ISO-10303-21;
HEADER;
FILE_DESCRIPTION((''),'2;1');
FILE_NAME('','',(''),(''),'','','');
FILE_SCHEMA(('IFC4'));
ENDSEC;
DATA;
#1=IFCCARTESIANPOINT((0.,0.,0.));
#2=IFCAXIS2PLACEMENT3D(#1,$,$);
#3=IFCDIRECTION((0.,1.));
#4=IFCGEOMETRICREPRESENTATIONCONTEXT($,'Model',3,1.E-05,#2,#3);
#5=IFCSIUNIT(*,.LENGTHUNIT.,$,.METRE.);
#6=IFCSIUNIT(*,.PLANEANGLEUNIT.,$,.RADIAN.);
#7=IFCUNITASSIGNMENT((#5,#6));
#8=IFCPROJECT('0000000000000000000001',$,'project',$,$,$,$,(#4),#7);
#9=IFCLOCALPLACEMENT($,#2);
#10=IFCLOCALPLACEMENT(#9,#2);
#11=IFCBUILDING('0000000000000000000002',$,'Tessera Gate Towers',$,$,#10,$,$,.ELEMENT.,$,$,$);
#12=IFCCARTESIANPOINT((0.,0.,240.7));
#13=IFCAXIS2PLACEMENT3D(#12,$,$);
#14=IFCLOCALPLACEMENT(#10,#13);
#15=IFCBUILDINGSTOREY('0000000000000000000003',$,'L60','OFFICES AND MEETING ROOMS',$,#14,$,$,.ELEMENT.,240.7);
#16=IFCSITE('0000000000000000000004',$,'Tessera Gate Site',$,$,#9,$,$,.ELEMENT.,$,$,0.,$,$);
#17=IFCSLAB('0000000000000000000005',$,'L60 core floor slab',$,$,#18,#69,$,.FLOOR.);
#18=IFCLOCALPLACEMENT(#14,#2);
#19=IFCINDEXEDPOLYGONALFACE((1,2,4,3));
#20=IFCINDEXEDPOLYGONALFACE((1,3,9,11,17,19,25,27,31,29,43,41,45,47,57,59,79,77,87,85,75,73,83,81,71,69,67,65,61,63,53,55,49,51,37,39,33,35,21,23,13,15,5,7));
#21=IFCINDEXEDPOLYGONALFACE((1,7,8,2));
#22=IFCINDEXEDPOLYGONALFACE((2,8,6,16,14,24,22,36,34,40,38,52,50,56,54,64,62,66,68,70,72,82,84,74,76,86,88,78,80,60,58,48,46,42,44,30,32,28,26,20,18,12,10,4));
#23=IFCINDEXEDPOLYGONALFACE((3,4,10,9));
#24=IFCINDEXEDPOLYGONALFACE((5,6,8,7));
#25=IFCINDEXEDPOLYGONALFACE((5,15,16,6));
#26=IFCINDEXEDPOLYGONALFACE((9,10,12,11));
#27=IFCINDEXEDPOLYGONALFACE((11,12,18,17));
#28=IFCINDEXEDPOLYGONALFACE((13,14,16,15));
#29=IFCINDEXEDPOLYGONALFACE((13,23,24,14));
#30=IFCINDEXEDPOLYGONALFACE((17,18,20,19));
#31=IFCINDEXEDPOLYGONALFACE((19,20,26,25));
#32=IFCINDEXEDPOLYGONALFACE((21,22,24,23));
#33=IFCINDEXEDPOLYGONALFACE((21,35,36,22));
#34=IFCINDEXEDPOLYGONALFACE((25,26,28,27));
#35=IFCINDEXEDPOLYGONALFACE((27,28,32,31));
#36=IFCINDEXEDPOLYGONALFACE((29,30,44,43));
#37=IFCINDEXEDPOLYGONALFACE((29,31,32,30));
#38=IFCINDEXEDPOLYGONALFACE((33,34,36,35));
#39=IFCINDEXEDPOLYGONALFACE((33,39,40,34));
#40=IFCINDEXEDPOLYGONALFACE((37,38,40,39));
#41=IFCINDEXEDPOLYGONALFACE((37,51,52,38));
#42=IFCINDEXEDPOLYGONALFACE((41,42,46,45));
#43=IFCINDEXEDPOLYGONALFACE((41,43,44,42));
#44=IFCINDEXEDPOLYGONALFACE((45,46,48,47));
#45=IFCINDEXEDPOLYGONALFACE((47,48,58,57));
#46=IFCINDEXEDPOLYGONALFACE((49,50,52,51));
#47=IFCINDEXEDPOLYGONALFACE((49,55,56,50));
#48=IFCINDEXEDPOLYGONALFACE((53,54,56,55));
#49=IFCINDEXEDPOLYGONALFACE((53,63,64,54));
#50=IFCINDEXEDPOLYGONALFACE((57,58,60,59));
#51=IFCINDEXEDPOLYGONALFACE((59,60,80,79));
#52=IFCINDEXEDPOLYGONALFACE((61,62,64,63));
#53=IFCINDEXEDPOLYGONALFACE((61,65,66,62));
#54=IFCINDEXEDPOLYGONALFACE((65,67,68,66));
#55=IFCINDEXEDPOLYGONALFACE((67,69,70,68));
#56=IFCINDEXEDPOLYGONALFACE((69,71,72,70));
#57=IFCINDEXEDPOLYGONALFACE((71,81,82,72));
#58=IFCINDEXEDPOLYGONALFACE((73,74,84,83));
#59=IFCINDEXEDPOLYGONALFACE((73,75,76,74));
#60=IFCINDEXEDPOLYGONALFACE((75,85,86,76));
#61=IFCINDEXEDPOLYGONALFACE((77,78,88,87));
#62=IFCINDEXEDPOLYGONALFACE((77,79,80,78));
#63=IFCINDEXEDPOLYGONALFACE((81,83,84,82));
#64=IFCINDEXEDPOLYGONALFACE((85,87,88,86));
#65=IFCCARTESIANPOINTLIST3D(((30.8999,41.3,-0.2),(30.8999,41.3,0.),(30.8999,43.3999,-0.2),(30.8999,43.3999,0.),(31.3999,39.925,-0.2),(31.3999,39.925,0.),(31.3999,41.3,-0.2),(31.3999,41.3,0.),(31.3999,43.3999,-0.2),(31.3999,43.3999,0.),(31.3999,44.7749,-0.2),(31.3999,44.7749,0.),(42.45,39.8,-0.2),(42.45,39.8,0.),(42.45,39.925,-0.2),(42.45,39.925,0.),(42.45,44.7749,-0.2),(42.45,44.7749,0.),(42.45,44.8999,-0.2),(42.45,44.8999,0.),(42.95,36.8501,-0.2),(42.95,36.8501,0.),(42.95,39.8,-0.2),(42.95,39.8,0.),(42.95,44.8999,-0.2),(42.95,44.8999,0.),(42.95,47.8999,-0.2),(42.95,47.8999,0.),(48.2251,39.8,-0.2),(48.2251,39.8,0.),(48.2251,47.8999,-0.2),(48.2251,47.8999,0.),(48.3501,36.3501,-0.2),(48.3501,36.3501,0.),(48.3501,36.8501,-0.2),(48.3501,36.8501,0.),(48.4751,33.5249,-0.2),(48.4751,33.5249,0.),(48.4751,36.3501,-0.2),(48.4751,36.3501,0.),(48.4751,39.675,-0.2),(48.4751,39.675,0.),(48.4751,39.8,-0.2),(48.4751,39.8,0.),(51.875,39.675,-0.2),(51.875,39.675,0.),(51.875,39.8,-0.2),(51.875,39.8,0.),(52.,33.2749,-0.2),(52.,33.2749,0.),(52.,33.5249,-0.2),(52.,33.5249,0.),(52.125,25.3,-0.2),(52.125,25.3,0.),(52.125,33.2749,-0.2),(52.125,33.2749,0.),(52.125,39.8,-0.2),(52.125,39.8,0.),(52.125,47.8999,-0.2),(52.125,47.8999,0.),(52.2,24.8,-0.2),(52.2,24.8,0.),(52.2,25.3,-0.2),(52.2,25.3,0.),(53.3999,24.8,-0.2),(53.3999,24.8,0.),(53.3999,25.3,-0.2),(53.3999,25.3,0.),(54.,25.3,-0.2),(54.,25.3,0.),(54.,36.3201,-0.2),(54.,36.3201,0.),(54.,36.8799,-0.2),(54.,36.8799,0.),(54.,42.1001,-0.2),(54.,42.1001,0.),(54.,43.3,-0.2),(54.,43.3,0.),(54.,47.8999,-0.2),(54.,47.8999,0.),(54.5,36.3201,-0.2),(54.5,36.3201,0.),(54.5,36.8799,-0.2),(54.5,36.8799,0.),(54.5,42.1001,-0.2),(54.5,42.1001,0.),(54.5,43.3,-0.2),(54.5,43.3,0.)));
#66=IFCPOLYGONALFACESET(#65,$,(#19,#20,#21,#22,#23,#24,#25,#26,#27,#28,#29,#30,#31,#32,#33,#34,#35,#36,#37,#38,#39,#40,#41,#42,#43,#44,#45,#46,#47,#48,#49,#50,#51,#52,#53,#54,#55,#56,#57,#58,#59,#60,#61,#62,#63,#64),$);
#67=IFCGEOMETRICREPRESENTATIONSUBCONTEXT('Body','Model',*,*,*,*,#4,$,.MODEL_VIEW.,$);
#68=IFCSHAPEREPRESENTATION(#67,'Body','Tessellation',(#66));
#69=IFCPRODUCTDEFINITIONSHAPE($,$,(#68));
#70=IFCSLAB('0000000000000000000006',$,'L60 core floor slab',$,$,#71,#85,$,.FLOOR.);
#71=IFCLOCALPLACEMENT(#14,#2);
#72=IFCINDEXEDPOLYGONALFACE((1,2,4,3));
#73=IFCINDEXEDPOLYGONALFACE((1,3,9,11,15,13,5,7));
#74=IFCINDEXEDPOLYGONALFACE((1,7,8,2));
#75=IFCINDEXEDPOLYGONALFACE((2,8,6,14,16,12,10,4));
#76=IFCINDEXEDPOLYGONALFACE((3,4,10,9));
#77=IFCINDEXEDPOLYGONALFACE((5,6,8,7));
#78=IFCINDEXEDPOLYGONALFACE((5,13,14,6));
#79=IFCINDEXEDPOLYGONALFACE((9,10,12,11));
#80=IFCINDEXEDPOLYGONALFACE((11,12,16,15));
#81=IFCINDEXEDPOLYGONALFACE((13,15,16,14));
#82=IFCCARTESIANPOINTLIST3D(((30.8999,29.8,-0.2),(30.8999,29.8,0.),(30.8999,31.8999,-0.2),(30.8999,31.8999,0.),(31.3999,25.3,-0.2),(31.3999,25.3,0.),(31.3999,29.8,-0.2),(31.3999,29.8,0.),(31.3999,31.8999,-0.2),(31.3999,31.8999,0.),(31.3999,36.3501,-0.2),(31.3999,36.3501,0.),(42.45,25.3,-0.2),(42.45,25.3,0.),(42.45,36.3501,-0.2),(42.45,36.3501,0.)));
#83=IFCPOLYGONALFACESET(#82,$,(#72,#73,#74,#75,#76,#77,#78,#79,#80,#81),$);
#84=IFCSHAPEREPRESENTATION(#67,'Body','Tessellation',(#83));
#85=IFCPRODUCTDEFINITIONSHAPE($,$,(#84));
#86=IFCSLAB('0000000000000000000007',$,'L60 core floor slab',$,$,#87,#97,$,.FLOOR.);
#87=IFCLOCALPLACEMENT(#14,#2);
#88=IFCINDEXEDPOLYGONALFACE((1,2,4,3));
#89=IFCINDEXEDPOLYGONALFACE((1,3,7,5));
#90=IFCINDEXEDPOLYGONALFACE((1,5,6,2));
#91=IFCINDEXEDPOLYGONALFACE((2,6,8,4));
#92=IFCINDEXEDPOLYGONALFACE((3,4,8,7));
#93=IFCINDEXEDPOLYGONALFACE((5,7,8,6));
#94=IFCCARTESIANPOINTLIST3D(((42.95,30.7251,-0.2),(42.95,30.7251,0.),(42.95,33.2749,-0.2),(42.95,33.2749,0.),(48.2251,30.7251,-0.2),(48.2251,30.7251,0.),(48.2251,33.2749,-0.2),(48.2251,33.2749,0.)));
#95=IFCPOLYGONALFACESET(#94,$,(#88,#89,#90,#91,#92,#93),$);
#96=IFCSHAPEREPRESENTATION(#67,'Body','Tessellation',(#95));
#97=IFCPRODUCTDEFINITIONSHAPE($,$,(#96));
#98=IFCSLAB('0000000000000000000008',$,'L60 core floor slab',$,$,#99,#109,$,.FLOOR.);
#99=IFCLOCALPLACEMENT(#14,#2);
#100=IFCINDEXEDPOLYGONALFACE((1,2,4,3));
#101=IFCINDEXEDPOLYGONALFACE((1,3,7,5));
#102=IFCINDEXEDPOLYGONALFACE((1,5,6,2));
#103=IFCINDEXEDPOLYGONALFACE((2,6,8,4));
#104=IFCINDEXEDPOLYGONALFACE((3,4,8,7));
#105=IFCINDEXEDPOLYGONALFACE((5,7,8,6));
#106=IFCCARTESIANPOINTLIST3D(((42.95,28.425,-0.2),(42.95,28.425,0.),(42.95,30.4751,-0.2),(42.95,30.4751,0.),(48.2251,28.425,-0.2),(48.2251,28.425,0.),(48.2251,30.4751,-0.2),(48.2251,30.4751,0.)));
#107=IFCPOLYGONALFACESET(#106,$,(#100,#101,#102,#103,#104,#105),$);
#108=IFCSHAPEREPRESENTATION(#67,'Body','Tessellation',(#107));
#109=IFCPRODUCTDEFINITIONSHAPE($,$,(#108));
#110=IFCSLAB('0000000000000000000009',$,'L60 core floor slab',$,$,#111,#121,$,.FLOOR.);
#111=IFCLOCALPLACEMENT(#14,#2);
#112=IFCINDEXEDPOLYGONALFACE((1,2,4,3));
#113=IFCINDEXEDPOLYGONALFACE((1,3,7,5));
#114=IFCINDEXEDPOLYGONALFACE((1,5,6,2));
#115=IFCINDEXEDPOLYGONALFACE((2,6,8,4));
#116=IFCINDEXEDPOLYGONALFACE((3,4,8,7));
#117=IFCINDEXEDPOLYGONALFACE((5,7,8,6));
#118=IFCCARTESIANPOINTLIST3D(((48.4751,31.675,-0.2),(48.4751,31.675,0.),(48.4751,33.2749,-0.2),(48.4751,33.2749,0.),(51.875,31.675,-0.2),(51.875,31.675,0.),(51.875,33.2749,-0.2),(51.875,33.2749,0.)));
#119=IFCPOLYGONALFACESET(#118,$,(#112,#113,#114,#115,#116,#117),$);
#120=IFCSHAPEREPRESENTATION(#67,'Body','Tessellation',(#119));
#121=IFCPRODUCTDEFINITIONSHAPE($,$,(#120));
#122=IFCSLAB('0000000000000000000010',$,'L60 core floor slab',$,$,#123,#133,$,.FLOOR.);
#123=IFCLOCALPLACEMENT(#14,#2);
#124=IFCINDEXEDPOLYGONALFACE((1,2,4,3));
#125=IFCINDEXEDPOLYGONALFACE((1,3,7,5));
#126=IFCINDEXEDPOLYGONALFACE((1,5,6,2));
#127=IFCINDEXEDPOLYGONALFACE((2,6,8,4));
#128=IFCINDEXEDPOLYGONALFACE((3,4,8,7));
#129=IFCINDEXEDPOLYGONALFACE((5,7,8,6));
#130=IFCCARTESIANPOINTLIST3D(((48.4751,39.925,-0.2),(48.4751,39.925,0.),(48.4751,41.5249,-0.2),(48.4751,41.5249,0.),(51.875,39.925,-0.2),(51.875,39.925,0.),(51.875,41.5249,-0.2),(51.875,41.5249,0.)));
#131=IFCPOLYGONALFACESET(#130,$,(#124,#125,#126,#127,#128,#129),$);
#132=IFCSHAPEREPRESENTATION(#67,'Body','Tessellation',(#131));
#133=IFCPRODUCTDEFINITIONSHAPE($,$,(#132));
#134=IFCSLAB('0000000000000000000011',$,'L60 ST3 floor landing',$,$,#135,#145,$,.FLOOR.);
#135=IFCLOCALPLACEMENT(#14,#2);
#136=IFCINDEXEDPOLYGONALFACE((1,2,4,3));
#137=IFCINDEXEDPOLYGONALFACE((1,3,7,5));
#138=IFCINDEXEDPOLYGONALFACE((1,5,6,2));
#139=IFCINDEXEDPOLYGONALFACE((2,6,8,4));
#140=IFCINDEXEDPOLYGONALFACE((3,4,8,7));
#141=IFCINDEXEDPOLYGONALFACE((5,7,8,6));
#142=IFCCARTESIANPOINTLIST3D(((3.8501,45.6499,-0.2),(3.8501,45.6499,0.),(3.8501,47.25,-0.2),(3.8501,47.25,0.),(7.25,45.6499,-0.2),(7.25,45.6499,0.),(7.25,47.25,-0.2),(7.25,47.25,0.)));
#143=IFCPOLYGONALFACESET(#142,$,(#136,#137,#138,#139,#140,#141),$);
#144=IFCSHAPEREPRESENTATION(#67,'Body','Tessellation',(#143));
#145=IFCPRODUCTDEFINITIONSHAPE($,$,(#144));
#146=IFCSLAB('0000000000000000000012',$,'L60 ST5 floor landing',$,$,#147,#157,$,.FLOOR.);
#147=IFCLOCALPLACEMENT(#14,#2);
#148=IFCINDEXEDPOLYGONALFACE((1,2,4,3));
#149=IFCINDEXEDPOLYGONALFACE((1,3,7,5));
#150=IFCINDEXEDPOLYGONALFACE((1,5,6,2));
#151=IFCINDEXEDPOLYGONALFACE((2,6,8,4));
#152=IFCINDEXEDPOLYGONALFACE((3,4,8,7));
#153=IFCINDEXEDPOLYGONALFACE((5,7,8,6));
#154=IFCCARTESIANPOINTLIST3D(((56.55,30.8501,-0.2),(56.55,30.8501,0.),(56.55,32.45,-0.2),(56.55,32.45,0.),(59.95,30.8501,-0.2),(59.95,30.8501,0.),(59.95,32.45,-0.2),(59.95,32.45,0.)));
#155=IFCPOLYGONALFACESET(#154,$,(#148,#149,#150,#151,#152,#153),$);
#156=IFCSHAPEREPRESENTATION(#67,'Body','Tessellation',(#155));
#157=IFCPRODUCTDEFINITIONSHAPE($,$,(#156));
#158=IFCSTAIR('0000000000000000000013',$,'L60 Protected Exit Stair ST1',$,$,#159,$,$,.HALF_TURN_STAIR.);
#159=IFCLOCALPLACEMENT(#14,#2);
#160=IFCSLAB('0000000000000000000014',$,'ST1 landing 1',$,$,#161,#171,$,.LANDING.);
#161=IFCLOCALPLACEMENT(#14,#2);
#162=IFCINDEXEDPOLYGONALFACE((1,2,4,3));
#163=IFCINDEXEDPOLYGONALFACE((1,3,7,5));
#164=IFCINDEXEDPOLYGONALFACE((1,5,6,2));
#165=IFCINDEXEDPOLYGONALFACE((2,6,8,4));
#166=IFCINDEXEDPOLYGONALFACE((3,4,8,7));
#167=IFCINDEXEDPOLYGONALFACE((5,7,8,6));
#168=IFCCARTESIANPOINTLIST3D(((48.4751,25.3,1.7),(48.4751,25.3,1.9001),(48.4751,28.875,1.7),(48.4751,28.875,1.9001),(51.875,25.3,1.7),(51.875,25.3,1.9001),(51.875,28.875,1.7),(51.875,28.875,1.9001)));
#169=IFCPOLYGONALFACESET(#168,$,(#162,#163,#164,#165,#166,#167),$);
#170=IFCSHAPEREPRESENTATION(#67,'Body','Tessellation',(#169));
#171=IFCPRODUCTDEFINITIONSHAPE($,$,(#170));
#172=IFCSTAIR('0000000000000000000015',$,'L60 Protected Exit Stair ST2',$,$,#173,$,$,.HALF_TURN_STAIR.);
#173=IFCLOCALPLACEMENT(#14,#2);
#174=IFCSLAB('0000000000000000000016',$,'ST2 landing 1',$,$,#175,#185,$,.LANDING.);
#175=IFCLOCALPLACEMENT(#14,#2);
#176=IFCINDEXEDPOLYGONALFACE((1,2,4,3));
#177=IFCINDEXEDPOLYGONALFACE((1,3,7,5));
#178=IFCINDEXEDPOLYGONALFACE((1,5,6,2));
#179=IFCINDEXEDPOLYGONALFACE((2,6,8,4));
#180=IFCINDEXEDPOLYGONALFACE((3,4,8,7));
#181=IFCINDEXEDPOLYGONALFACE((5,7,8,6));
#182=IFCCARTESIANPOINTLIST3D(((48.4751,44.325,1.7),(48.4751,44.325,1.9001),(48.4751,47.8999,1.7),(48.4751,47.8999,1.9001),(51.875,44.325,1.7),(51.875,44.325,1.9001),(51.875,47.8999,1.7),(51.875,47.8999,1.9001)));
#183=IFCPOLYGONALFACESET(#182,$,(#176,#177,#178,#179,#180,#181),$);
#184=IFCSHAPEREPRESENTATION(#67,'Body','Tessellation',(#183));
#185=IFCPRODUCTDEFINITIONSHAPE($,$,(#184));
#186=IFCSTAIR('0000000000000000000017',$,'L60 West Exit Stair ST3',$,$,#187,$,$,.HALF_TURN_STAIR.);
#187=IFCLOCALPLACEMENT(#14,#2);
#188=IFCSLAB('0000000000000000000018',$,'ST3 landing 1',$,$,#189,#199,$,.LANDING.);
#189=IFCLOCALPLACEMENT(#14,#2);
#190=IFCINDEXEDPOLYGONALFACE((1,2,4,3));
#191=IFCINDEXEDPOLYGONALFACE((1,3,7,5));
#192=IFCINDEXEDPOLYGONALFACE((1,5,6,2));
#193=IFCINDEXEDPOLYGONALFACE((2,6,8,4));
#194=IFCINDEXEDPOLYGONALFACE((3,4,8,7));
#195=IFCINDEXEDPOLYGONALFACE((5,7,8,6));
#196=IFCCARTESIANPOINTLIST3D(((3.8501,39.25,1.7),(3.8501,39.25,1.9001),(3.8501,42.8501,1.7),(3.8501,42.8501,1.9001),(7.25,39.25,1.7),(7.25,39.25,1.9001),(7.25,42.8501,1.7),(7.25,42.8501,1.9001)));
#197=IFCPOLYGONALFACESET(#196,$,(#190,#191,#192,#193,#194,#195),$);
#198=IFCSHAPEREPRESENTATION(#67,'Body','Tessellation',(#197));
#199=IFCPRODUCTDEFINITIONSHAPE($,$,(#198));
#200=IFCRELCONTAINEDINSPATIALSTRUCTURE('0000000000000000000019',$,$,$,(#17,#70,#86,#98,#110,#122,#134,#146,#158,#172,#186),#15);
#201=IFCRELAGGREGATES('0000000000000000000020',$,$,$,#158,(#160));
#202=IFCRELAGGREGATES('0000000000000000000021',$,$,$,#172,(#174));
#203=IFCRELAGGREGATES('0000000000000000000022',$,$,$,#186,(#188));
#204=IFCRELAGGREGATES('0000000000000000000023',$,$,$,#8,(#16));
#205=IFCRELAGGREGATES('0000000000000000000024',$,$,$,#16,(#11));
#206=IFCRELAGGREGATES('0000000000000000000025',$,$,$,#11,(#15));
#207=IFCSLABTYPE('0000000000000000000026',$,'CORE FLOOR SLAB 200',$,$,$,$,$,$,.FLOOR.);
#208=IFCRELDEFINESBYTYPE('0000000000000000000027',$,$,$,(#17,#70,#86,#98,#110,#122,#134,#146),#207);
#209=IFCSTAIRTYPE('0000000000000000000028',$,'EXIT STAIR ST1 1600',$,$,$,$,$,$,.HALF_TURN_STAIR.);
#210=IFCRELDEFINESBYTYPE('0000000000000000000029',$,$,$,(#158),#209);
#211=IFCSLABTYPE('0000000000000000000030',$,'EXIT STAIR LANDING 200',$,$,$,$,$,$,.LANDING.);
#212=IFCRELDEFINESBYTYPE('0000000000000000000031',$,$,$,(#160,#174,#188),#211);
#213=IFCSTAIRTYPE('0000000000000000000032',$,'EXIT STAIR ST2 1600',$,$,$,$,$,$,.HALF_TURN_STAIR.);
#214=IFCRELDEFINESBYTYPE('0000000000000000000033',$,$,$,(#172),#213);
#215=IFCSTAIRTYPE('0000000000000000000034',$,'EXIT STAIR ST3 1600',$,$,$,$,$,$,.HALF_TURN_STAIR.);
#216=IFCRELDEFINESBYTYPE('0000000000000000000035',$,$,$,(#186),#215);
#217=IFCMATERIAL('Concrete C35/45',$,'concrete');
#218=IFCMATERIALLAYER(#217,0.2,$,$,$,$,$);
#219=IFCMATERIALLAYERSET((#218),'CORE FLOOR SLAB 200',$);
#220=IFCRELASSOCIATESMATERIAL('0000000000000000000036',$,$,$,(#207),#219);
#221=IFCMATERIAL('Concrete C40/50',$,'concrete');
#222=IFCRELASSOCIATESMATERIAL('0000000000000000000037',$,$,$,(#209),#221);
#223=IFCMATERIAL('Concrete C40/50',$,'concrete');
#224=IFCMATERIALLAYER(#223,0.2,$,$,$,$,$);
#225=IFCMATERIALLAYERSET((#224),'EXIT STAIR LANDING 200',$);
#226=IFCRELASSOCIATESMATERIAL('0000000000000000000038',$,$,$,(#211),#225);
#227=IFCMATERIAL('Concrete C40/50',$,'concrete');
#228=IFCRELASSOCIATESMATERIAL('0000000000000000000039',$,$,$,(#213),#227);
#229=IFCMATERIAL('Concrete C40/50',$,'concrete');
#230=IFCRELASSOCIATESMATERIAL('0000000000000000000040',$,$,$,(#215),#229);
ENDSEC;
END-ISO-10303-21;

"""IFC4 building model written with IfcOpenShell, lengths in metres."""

from ifc_helpers import new_model, si_unit, direction, frame, origin, place, context, subcontext, project, spatial, polyline, outline, extrude, material, layer, layer_set, type_object, element, aggregate, save


model = new_model("IFC4")

# Units and contexts
model_context = context("Model", 3, precision=1e-05, world=origin(), true_north=direction((0.0, 1.0)))
body_context = subcontext(model_context, "Body", "Model", "MODEL_VIEW")
ifc_project = project(units=[si_unit("LENGTHUNIT", "METRE"), si_unit("PLANEANGLEUNIT", "RADIAN")], contexts=[model_context])

# Site, building, storey
site_placement = place(None, origin())
site = spatial("IfcSite", under=ifc_project, at=site_placement, Name="Tessera Gate Site", CompositionType="ELEMENT", RefElevation=0.0)
building_placement = place(site_placement, origin())
building = spatial("IfcBuilding", under=site, at=building_placement, Name="Tessera Gate Towers", CompositionType="ELEMENT")
storey_placement = place(building_placement, frame((0.0, 0.0, 240.7)))
storey = spatial("IfcBuildingStorey", under=building, at=storey_placement, Name="L60", Description="OFFICES AND MEETING ROOMS", CompositionType="ELEMENT", Elevation=240.7)

# Slabs
ifc_material_1 = material(Name="Concrete C35/45", Category="concrete")
ifc_layer_1 = layer(ifc_material_1, 0.2)
ifc_layer_set_1 = layer_set([ifc_layer_1], Name="CORE FLOOR SLAB 200")
slab_type_1 = type_object("IfcSlabType", Name="CORE FLOOR SLAB 200", PredefinedType="FLOOR", material=ifc_layer_set_1)
slab_1_placement = place(storey_placement, frame((0.0, 0.0, -0.2)))
element("IfcSlab", 1, at=slab_1_placement, inside=storey, type_object=slab_type_1, Name="L60 core floor slab", PredefinedType="FLOOR", context=body_context, shape_type="SweptSolid", body=[
    extrude(outline(polyline([(42.45, 44.8999), (42.45, 44.7749), (31.3999, 44.7749), (31.3999, 43.3999), (30.8999, 43.3999), (30.8999, 41.3), (31.3999, 41.3), (31.3999, 39.925), (42.45, 39.925), (42.45, 39.8), (42.95, 39.8), (42.95, 36.8501), (48.3501, 36.8501), (48.3501, 36.3501), (48.4751, 36.3501), (48.4751, 33.5249), (52.0, 33.5249), (52.0, 33.2749), (52.125, 33.2749), (52.125, 25.3), (52.2, 25.3), (52.2, 24.8), (53.3999, 24.8), (53.3999, 25.3), (54.0, 25.3), (54.0, 36.3201), (54.5, 36.3201), (54.5, 36.8799), (54.0, 36.8799), (54.0, 42.1001), (54.5, 42.1001), (54.5, 43.3), (54.0, 43.3), (54.0, 47.8999), (52.125, 47.8999), (52.125, 39.8), (51.875, 39.8), (51.875, 39.675), (48.4751, 39.675), (48.4751, 39.8), (48.2251, 39.8), (48.2251, 47.8999), (42.95, 47.8999), (42.95, 44.8999), (42.45, 44.8999)])), origin(), (0.0, 0.0, 1.0), 0.2),
])
slab_2_placement = place(storey_placement, frame((0.0, 0.0, -0.2)))
element("IfcSlab", 2, at=slab_2_placement, inside=storey, type_object=slab_type_1, Name="L60 core floor slab", PredefinedType="FLOOR", context=body_context, shape_type="SweptSolid", body=[
    extrude(outline(polyline([(31.3999, 36.3501), (31.3999, 31.8999), (30.8999, 31.8999), (30.8999, 29.8), (31.3999, 29.8), (31.3999, 25.3), (42.45, 25.3), (42.45, 36.3501), (31.3999, 36.3501)])), origin(), (0.0, 0.0, 1.0), 0.2),
])
slab_3_placement = place(storey_placement, frame((0.0, 0.0, -0.2)))
element("IfcSlab", 3, at=slab_3_placement, inside=storey, type_object=slab_type_1, Name="L60 core floor slab", PredefinedType="FLOOR", context=body_context, shape_type="SweptSolid", body=[
    extrude(outline(polyline([(42.95, 33.2749), (42.95, 30.7251), (48.2251, 30.7251), (48.2251, 33.2749), (42.95, 33.2749)])), origin(), (0.0, 0.0, 1.0), 0.2),
])
slab_4_placement = place(storey_placement, frame((0.0, 0.0, -0.2)))
element("IfcSlab", 4, at=slab_4_placement, inside=storey, type_object=slab_type_1, Name="L60 core floor slab", PredefinedType="FLOOR", context=body_context, shape_type="SweptSolid", body=[
    extrude(outline(polyline([(48.2251, 30.4751), (42.95, 30.4751), (42.95, 28.425), (48.2251, 28.425), (48.2251, 30.4751)])), origin(), (0.0, 0.0, 1.0), 0.2),
])
slab_5_placement = place(storey_placement, frame((0.0, 0.0, -0.2)))
element("IfcSlab", 5, at=slab_5_placement, inside=storey, type_object=slab_type_1, Name="L60 core floor slab", PredefinedType="FLOOR", context=body_context, shape_type="SweptSolid", body=[
    extrude(outline(polyline([(51.875, 31.675), (51.875, 33.2749), (48.4751, 33.2749), (48.4751, 31.675), (51.875, 31.675)])), origin(), (0.0, 0.0, 1.0), 0.2),
])
slab_6_placement = place(storey_placement, frame((0.0, 0.0, -0.2)))
element("IfcSlab", 6, at=slab_6_placement, inside=storey, type_object=slab_type_1, Name="L60 core floor slab", PredefinedType="FLOOR", context=body_context, shape_type="SweptSolid", body=[
    extrude(outline(polyline([(48.4751, 41.5249), (48.4751, 39.925), (51.875, 39.925), (51.875, 41.5249), (48.4751, 41.5249)])), origin(), (0.0, 0.0, 1.0), 0.2),
])
slab_7_placement = place(storey_placement, frame((0.0, 0.0, -0.2)))
element("IfcSlab", 7, at=slab_7_placement, inside=storey, type_object=slab_type_1, Name="L60 ST3 floor landing", PredefinedType="FLOOR", context=body_context, shape_type="SweptSolid", body=[
    extrude(outline(polyline([(3.8501, 47.25), (3.8501, 45.6499), (7.25, 45.6499), (7.25, 47.25), (3.8501, 47.25)])), origin(), (0.0, 0.0, 1.0), 0.2),
])
slab_8_placement = place(storey_placement, frame((0.0, 0.0, -0.2)))
element("IfcSlab", 8, at=slab_8_placement, inside=storey, type_object=slab_type_1, Name="L60 ST5 floor landing", PredefinedType="FLOOR", context=body_context, shape_type="SweptSolid", body=[
    extrude(outline(polyline([(59.95, 30.8501), (59.95, 32.45), (56.55, 32.45), (56.55, 30.8501), (59.95, 30.8501)])), origin(), (0.0, 0.0, 1.0), 0.2),
])

# Stairs, slabs
ifc_material_2 = material(Name="Concrete C40/50", Category="concrete")
stair_type_1 = type_object("IfcStairType", Name="EXIT STAIR ST1 1600", PredefinedType="HALF_TURN_STAIR", material=ifc_material_2)
stair_1_placement = place(storey_placement, origin())
stair_1 = element("IfcStair", 9, at=stair_1_placement, inside=storey, type_object=stair_type_1, Name="L60 Protected Exit Stair ST1", PredefinedType="HALF_TURN_STAIR")
ifc_material_3 = material(Name="Concrete C40/50", Category="concrete")
ifc_layer_2 = layer(ifc_material_3, 0.2)
ifc_layer_set_2 = layer_set([ifc_layer_2], Name="EXIT STAIR LANDING 200")
slab_type_2 = type_object("IfcSlabType", Name="EXIT STAIR LANDING 200", PredefinedType="LANDING", material=ifc_layer_set_2)
slab_9_placement = place(storey_placement, frame((0.0, 0.0, 1.7)))
slab_9 = element("IfcSlab", 10, at=slab_9_placement, type_object=slab_type_2, Name="ST1 landing 1", PredefinedType="LANDING", context=body_context, shape_type="SweptSolid", body=[
    extrude(outline(polyline([(48.4751, 28.875), (48.4751, 25.3), (51.875, 25.3), (51.875, 28.875), (48.4751, 28.875)])), origin(), (0.0, 0.0, 1.0), 0.2002),
])
aggregate(stair_1, [slab_9])
ifc_material_4 = material(Name="Concrete C40/50", Category="concrete")
stair_type_2 = type_object("IfcStairType", Name="EXIT STAIR ST2 1600", PredefinedType="HALF_TURN_STAIR", material=ifc_material_4)
stair_2_placement = place(storey_placement, origin())
stair_2 = element("IfcStair", 11, at=stair_2_placement, inside=storey, type_object=stair_type_2, Name="L60 Protected Exit Stair ST2", PredefinedType="HALF_TURN_STAIR")
slab_10_placement = place(storey_placement, frame((0.0, 0.0, 1.7)))
slab_10 = element("IfcSlab", 12, at=slab_10_placement, type_object=slab_type_2, Name="ST2 landing 1", PredefinedType="LANDING", context=body_context, shape_type="SweptSolid", body=[
    extrude(outline(polyline([(51.875, 44.325), (51.875, 47.8999), (48.4751, 47.8999), (48.4751, 44.325), (51.875, 44.325)])), origin(), (0.0, 0.0, 1.0), 0.2002),
])
aggregate(stair_2, [slab_10])
ifc_material_5 = material(Name="Concrete C40/50", Category="concrete")
stair_type_3 = type_object("IfcStairType", Name="EXIT STAIR ST3 1600", PredefinedType="HALF_TURN_STAIR", material=ifc_material_5)
stair_3_placement = place(storey_placement, origin())
stair_3 = element("IfcStair", 13, at=stair_3_placement, inside=storey, type_object=stair_type_3, Name="L60 West Exit Stair ST3", PredefinedType="HALF_TURN_STAIR")
slab_11_placement = place(storey_placement, frame((0.0, 0.0, 1.7)))
slab_11 = element("IfcSlab", 14, at=slab_11_placement, type_object=slab_type_2, Name="ST3 landing 1", PredefinedType="LANDING", context=body_context, shape_type="SweptSolid", body=[
    extrude(outline(polyline([(3.8501, 42.8501), (3.8501, 39.25), (7.25, 39.25), (7.25, 42.8501), (3.8501, 42.8501)])), origin(), (0.0, 0.0, 1.0), 0.2002),
])
aggregate(stair_3, [slab_11])

save(model, "model.ifc")
